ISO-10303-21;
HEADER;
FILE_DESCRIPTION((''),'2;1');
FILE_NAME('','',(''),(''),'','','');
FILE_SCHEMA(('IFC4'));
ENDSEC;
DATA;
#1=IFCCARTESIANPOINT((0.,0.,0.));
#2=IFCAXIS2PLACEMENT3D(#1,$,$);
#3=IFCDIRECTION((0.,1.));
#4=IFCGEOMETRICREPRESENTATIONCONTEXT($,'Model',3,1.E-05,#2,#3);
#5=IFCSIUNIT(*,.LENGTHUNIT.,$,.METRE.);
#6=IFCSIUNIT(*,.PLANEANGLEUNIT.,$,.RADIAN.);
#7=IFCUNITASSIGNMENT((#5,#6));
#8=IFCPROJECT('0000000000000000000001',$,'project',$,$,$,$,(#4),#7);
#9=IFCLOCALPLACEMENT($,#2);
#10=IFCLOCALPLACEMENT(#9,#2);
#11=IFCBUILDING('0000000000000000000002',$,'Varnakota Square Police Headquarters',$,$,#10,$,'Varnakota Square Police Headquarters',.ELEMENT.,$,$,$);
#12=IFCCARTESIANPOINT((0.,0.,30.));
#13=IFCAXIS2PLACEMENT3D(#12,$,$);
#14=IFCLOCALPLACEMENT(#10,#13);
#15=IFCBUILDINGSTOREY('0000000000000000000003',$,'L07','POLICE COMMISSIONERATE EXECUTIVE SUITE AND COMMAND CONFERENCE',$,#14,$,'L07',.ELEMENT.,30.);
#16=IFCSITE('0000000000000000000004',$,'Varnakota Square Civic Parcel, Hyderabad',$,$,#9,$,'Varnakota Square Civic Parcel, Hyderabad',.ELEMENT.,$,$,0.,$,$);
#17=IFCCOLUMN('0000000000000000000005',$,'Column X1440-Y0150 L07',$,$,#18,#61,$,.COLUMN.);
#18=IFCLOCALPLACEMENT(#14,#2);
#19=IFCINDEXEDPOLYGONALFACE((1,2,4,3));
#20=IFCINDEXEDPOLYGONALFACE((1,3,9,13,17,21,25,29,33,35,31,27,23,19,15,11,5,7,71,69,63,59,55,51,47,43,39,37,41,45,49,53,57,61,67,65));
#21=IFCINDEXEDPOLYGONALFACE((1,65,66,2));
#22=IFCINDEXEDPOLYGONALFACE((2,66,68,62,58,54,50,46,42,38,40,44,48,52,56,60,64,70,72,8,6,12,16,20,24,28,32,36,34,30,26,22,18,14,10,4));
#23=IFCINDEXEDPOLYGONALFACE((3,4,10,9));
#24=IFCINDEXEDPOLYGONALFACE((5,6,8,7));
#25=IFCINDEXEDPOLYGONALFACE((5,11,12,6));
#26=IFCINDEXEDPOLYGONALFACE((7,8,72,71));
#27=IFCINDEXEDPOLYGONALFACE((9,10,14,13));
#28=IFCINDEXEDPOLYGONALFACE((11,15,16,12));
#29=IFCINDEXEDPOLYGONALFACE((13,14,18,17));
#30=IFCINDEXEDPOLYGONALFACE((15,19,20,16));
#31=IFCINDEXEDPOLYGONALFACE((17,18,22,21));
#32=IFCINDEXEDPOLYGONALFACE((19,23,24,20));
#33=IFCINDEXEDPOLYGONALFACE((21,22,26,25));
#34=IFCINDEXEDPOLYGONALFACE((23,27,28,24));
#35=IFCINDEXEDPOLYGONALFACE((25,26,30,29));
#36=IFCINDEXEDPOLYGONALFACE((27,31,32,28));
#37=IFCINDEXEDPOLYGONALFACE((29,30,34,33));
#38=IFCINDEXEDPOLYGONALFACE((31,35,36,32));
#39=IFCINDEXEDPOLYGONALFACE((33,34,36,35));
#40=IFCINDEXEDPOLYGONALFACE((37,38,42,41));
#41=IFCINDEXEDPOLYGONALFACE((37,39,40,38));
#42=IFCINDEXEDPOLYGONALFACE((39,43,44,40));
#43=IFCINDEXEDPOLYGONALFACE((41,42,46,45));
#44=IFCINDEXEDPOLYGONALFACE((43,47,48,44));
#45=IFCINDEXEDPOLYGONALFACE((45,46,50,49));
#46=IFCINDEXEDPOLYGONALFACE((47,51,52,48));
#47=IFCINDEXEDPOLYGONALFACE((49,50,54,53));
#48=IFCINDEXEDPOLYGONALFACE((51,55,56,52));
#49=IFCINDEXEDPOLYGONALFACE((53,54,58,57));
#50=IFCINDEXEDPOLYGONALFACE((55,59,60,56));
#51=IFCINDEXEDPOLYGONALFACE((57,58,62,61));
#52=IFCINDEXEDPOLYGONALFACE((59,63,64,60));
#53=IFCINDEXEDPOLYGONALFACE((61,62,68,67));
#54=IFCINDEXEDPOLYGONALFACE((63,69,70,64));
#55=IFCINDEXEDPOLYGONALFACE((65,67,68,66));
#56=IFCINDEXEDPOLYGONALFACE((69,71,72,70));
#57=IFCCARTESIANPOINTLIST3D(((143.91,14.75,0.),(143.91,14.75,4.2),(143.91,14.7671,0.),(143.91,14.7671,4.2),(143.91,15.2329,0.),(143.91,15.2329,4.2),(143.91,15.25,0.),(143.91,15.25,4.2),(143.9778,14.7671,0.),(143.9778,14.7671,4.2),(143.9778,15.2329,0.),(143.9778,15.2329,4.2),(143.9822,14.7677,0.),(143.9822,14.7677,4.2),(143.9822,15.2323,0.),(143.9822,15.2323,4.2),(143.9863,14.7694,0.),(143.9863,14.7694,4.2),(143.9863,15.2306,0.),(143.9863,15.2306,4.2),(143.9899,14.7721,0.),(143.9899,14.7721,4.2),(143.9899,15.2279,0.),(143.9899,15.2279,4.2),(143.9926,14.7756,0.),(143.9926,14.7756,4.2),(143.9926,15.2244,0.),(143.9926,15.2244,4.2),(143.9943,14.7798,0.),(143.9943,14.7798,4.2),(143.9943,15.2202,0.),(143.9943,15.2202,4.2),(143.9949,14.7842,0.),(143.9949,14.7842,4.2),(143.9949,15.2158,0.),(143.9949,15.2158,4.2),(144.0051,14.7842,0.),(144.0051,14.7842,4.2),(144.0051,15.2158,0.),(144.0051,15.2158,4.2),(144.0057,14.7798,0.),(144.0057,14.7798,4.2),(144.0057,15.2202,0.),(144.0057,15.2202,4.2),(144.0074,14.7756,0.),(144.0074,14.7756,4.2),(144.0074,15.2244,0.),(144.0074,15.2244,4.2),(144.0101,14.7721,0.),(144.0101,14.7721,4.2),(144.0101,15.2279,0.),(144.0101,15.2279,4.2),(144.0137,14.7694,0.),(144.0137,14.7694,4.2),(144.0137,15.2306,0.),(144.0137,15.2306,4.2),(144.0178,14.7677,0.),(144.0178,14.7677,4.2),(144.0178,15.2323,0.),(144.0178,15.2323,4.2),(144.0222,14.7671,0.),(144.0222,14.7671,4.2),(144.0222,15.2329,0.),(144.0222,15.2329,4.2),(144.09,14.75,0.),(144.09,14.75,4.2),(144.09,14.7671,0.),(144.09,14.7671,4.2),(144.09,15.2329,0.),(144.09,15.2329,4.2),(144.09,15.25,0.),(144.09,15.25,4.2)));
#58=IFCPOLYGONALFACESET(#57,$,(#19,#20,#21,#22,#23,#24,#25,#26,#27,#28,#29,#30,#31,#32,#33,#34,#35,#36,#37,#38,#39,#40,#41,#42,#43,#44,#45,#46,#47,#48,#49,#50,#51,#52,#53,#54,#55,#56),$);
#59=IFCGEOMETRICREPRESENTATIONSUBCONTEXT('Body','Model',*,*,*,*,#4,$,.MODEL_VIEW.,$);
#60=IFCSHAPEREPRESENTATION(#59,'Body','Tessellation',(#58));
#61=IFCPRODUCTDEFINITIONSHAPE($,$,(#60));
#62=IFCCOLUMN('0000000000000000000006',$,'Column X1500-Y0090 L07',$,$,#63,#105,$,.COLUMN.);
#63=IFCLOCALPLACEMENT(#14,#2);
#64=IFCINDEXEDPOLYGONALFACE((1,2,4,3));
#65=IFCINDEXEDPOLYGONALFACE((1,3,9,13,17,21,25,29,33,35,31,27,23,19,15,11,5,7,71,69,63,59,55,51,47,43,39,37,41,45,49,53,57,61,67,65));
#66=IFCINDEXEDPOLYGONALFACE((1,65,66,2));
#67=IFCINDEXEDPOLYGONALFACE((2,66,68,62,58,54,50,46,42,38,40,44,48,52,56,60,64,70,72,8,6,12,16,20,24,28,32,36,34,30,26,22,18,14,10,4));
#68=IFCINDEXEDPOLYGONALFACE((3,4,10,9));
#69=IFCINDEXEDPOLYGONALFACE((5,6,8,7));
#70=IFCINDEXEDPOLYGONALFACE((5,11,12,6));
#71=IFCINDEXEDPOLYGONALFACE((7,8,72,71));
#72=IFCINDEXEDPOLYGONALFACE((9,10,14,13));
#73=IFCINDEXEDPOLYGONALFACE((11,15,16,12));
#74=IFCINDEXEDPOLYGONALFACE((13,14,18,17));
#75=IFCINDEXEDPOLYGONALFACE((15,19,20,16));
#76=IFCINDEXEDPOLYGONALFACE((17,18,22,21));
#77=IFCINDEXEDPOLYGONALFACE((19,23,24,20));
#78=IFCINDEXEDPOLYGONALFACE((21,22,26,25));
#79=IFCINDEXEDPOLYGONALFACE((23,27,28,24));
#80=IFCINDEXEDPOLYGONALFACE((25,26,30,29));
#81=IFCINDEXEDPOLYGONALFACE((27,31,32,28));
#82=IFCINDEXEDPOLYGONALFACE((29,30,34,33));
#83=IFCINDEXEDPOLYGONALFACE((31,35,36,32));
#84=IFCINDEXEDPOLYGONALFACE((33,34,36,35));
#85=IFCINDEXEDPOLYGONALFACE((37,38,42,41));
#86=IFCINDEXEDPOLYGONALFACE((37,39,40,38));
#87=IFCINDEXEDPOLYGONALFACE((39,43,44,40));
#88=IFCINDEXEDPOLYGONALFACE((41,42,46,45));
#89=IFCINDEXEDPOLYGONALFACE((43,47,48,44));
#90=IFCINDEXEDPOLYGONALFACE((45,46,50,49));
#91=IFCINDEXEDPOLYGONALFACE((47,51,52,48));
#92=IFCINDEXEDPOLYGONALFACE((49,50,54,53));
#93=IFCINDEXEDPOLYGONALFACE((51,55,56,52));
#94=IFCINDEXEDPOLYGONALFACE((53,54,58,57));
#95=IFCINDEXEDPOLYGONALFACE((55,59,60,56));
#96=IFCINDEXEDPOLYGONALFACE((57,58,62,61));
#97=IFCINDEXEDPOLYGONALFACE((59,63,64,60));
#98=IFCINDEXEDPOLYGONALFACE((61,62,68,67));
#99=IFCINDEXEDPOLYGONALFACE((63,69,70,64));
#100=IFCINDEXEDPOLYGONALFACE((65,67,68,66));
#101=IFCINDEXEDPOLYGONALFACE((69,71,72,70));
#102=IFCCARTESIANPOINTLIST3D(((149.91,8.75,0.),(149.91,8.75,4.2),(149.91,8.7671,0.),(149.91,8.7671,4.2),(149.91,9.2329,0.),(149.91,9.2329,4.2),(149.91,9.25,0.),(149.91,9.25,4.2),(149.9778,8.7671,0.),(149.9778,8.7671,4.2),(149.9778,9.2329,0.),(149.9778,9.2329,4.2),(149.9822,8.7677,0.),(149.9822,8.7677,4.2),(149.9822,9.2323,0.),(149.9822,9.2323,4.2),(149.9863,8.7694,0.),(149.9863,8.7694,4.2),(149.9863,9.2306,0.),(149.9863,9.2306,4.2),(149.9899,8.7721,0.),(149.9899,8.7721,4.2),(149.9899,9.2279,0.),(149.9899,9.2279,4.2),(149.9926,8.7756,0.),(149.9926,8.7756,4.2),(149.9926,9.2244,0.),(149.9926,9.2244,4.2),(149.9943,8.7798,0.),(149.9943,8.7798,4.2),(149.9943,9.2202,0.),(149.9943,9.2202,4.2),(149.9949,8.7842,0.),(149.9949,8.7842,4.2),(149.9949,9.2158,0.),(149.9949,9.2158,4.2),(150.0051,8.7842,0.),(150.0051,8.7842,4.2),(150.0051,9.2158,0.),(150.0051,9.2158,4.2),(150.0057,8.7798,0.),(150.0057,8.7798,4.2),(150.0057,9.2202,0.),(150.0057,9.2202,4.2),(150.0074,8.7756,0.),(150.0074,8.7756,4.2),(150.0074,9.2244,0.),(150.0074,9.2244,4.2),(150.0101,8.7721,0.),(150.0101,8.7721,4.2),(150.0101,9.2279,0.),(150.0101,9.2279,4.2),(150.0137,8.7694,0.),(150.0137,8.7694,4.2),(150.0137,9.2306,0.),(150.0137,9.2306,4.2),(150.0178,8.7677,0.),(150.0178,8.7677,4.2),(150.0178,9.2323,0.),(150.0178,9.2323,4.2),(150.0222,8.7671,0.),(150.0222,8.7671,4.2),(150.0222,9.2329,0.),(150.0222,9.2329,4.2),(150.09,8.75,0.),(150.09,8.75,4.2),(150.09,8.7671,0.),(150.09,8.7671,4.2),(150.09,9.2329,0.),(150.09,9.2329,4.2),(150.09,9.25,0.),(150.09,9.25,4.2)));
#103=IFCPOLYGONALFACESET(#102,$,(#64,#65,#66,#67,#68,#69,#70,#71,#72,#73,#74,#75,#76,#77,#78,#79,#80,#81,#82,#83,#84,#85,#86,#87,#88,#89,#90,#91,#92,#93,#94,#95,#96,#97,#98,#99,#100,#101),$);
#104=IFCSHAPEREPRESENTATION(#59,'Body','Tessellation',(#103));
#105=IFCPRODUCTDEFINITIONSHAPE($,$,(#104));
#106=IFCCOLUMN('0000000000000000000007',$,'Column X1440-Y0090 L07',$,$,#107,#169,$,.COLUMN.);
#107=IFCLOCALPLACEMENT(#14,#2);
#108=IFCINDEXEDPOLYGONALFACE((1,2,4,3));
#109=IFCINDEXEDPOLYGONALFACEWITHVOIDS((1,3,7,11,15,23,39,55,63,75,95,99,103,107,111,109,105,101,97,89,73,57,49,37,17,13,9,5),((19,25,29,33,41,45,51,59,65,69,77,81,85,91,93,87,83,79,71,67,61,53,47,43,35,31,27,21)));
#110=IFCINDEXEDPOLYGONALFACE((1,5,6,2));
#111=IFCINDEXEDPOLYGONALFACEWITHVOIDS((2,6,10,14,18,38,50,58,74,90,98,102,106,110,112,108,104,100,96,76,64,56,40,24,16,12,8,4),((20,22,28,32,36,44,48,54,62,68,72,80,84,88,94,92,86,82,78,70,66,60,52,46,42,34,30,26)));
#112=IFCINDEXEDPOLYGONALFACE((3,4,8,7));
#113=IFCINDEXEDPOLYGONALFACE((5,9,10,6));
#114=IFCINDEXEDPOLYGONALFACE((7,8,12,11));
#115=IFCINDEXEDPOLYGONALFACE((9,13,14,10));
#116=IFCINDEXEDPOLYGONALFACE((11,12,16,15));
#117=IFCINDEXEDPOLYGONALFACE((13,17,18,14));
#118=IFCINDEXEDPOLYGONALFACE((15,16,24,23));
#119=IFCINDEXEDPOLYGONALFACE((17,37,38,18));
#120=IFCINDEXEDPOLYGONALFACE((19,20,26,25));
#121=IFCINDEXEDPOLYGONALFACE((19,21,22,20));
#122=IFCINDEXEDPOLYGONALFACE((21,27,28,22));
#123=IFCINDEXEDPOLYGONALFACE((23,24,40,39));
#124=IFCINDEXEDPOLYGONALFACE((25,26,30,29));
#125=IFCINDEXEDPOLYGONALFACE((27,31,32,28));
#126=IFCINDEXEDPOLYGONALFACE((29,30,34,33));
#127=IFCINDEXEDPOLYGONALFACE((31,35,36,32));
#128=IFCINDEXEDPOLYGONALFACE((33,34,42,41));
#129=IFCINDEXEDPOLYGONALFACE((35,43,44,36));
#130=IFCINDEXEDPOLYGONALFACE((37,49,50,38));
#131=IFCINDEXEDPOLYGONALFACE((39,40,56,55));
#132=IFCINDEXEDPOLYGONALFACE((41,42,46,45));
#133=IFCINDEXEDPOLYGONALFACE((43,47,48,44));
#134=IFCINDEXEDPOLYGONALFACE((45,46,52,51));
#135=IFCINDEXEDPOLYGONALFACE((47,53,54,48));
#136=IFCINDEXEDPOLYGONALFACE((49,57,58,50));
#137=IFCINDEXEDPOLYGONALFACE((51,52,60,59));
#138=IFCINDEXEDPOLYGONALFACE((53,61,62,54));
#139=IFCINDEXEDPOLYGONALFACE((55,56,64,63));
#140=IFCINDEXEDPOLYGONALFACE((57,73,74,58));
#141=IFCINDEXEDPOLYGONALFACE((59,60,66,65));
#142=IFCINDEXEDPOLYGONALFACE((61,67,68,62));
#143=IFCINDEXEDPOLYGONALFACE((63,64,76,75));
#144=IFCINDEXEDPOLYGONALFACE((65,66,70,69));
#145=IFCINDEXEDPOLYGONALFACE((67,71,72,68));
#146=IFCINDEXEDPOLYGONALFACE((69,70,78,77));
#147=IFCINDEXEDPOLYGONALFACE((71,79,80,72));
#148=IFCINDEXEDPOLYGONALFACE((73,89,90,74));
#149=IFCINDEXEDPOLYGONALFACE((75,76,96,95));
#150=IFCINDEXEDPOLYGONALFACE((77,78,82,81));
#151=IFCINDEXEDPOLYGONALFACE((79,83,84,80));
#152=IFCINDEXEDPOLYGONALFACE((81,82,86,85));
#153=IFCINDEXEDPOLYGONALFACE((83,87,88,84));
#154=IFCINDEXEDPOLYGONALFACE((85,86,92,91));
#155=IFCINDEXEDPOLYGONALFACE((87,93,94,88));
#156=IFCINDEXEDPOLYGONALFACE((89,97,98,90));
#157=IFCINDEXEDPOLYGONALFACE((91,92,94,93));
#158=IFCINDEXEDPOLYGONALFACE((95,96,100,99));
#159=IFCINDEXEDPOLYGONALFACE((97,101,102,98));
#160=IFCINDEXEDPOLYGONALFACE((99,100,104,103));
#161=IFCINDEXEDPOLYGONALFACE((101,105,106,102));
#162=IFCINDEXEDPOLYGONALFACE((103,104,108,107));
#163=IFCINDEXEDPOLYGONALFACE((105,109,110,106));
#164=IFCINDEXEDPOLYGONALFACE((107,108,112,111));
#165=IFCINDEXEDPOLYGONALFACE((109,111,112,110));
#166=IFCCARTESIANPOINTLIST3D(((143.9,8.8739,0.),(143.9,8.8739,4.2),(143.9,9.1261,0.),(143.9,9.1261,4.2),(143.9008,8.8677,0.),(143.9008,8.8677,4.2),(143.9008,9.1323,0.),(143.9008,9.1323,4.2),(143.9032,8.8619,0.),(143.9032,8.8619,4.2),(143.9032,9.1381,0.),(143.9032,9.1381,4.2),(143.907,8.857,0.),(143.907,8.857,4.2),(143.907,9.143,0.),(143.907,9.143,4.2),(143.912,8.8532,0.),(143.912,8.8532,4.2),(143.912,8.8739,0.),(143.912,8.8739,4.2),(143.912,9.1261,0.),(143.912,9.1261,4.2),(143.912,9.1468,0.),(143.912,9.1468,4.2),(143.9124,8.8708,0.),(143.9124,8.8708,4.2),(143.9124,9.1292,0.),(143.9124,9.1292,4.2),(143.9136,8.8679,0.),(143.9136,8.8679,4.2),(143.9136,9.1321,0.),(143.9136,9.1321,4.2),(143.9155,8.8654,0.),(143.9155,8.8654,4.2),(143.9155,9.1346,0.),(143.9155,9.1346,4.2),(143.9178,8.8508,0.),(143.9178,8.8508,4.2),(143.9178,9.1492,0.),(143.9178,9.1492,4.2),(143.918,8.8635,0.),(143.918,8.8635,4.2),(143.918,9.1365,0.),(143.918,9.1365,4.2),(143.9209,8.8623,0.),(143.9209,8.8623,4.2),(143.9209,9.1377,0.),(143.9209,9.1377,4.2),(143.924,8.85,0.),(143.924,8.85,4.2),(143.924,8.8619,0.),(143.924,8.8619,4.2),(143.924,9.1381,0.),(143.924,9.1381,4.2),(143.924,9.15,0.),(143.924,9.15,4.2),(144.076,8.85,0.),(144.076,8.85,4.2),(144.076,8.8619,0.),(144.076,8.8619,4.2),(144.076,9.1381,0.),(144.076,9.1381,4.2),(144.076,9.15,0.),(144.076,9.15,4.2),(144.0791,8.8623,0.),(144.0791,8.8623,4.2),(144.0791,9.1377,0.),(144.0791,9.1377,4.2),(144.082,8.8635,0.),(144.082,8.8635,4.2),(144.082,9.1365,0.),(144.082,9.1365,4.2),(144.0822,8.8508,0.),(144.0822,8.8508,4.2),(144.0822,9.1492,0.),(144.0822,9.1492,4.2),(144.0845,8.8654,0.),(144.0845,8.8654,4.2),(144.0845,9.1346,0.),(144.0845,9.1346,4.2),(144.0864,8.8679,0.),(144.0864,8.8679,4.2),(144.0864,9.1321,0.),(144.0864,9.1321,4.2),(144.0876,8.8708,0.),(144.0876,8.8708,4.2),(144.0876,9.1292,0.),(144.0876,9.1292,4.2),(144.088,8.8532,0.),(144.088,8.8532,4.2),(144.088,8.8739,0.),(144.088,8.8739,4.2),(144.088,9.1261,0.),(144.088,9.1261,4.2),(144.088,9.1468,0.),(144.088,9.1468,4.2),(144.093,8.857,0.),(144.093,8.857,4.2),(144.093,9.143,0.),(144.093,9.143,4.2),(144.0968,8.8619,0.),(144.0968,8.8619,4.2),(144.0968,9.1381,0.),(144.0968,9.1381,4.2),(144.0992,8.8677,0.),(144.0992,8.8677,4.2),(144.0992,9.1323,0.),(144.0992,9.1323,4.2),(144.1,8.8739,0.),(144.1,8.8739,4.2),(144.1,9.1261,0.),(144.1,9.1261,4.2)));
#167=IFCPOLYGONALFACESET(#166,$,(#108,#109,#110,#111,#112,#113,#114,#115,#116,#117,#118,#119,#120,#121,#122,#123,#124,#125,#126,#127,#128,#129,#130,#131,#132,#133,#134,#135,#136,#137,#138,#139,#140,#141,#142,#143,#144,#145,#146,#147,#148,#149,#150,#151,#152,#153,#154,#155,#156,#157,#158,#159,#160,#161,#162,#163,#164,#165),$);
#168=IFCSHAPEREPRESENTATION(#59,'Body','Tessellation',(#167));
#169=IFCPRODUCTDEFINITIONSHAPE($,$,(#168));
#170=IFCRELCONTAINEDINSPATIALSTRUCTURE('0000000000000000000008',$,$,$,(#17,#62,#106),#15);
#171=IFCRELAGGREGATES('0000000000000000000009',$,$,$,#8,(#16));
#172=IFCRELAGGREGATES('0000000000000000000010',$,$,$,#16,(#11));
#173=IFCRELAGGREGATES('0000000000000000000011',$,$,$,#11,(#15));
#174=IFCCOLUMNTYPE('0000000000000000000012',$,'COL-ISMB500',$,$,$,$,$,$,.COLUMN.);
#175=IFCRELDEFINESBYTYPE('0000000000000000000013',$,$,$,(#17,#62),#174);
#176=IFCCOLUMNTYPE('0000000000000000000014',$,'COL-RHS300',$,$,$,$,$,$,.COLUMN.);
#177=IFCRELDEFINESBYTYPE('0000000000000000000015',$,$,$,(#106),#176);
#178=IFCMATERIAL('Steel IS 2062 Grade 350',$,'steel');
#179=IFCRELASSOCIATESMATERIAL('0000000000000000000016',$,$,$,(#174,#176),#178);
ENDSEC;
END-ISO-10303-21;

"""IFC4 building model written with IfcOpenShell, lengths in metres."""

from ifc_helpers import new_model, si_unit, direction, frame, origin, origin_2d, place, context, subcontext, project, spatial, hollow_rectangle, i_section, extrude, material, material_profile, profile_set, type_object, element, save


model = new_model("IFC4")

# Units and contexts
model_context = context("Model", 3, precision=1e-05, world=origin(), true_north=direction((0.0, 1.0)))
body_context = subcontext(model_context, "Body", "Model", "MODEL_VIEW")
ifc_project = project(units=[si_unit("LENGTHUNIT", "METRE"), si_unit("PLANEANGLEUNIT", "RADIAN")], contexts=[model_context])

# Site, building, storey
site_placement = place(None, origin())
site = spatial("IfcSite", under=ifc_project, at=site_placement, Name="Varnakota Square Civic Parcel, Hyderabad", LongName="Varnakota Square Civic Parcel, Hyderabad", CompositionType="ELEMENT", RefElevation=0.0)
building_placement = place(site_placement, origin())
building = spatial("IfcBuilding", under=site, at=building_placement, Name="Varnakota Square Police Headquarters", LongName="Varnakota Square Police Headquarters", CompositionType="ELEMENT")
storey_placement = place(building_placement, frame((0.0, 0.0, 30.0)))
storey = spatial("IfcBuildingStorey", under=building, at=storey_placement, Name="L07", Description="POLICE COMMISSIONERATE EXECUTIVE SUITE AND COMMAND CONFERENCE", LongName="L07", CompositionType="ELEMENT", Elevation=30.0)

# Columns
ifc_material_1 = material(Name="Steel IS 2062 Grade 350", Category="steel")
ifc_material_profile_1 = material_profile(ifc_material_1, i_section(OverallWidth=0.1799, OverallDepth=0.5, WebThickness=0.0103, FlangeThickness=0.0171, FilletRadius=0.0171, at=origin_2d()), Name="ISMB 500")
ifc_profile_set_1 = profile_set([ifc_material_profile_1], Name="Steel IS 2062 Grade 350")
column_type_1 = type_object("IfcColumnType", Name="COL-ISMB500", PredefinedType="COLUMN", material=ifc_profile_set_1)
for number, where, z_axis, x_axis, name in (
    (1, (144.0, 15.0, 0.0), (0.0, 0.0, 1.0), (1.0, 0.0, 0.0), "Column X1440-Y0150 L07"),
    (2, (150.0, 9.0, 0.0), (0.0, 0.0, 1.0), (1.0, 0.0, 0.0), "Column X1500-Y0090 L07"),
):
    element("IfcColumn", number, at=place(storey_placement, frame(where, z_axis=z_axis, x_axis=x_axis)), inside=storey, type_object=column_type_1, Name=name, PredefinedType="COLUMN", context=body_context, shape_type="SweptSolid", body=[
        extrude(i_section(OverallWidth=0.1799, OverallDepth=0.5, WebThickness=0.0103, FlangeThickness=0.0171, FilletRadius=0.0171, at=origin_2d()), origin(), (0.0, 0.0, 1.0), 4.2),
    ])
ifc_material_profile_2 = material_profile(ifc_material_1, hollow_rectangle(XDim=0.2, YDim=0.3, WallThickness=0.012, InnerFilletRadius=0.012, OuterFilletRadius=0.0239, at=origin_2d()), Name="RHS 300x200x12")
ifc_profile_set_2 = profile_set([ifc_material_profile_2], Name="Steel IS 2062 Grade 350")
column_type_2 = type_object("IfcColumnType", Name="COL-RHS300", PredefinedType="COLUMN", material=ifc_profile_set_2)
for number, where, z_axis, x_axis, name in (
    (3, (144.0, 9.0, 0.0), (0.0, 0.0, 1.0), (1.0, 0.0, 0.0), "Column X1440-Y0090 L07"),
):
    element("IfcColumn", number, at=place(storey_placement, frame(where, z_axis=z_axis, x_axis=x_axis)), inside=storey, type_object=column_type_2, Name=name, PredefinedType="COLUMN", context=body_context, shape_type="SweptSolid", body=[
        extrude(hollow_rectangle(XDim=0.2, YDim=0.3, WallThickness=0.012, InnerFilletRadius=0.012, OuterFilletRadius=0.0239, at=origin_2d()), origin(), (0.0, 0.0, 1.0), 4.2),
    ])

save(model, "model.ifc")
